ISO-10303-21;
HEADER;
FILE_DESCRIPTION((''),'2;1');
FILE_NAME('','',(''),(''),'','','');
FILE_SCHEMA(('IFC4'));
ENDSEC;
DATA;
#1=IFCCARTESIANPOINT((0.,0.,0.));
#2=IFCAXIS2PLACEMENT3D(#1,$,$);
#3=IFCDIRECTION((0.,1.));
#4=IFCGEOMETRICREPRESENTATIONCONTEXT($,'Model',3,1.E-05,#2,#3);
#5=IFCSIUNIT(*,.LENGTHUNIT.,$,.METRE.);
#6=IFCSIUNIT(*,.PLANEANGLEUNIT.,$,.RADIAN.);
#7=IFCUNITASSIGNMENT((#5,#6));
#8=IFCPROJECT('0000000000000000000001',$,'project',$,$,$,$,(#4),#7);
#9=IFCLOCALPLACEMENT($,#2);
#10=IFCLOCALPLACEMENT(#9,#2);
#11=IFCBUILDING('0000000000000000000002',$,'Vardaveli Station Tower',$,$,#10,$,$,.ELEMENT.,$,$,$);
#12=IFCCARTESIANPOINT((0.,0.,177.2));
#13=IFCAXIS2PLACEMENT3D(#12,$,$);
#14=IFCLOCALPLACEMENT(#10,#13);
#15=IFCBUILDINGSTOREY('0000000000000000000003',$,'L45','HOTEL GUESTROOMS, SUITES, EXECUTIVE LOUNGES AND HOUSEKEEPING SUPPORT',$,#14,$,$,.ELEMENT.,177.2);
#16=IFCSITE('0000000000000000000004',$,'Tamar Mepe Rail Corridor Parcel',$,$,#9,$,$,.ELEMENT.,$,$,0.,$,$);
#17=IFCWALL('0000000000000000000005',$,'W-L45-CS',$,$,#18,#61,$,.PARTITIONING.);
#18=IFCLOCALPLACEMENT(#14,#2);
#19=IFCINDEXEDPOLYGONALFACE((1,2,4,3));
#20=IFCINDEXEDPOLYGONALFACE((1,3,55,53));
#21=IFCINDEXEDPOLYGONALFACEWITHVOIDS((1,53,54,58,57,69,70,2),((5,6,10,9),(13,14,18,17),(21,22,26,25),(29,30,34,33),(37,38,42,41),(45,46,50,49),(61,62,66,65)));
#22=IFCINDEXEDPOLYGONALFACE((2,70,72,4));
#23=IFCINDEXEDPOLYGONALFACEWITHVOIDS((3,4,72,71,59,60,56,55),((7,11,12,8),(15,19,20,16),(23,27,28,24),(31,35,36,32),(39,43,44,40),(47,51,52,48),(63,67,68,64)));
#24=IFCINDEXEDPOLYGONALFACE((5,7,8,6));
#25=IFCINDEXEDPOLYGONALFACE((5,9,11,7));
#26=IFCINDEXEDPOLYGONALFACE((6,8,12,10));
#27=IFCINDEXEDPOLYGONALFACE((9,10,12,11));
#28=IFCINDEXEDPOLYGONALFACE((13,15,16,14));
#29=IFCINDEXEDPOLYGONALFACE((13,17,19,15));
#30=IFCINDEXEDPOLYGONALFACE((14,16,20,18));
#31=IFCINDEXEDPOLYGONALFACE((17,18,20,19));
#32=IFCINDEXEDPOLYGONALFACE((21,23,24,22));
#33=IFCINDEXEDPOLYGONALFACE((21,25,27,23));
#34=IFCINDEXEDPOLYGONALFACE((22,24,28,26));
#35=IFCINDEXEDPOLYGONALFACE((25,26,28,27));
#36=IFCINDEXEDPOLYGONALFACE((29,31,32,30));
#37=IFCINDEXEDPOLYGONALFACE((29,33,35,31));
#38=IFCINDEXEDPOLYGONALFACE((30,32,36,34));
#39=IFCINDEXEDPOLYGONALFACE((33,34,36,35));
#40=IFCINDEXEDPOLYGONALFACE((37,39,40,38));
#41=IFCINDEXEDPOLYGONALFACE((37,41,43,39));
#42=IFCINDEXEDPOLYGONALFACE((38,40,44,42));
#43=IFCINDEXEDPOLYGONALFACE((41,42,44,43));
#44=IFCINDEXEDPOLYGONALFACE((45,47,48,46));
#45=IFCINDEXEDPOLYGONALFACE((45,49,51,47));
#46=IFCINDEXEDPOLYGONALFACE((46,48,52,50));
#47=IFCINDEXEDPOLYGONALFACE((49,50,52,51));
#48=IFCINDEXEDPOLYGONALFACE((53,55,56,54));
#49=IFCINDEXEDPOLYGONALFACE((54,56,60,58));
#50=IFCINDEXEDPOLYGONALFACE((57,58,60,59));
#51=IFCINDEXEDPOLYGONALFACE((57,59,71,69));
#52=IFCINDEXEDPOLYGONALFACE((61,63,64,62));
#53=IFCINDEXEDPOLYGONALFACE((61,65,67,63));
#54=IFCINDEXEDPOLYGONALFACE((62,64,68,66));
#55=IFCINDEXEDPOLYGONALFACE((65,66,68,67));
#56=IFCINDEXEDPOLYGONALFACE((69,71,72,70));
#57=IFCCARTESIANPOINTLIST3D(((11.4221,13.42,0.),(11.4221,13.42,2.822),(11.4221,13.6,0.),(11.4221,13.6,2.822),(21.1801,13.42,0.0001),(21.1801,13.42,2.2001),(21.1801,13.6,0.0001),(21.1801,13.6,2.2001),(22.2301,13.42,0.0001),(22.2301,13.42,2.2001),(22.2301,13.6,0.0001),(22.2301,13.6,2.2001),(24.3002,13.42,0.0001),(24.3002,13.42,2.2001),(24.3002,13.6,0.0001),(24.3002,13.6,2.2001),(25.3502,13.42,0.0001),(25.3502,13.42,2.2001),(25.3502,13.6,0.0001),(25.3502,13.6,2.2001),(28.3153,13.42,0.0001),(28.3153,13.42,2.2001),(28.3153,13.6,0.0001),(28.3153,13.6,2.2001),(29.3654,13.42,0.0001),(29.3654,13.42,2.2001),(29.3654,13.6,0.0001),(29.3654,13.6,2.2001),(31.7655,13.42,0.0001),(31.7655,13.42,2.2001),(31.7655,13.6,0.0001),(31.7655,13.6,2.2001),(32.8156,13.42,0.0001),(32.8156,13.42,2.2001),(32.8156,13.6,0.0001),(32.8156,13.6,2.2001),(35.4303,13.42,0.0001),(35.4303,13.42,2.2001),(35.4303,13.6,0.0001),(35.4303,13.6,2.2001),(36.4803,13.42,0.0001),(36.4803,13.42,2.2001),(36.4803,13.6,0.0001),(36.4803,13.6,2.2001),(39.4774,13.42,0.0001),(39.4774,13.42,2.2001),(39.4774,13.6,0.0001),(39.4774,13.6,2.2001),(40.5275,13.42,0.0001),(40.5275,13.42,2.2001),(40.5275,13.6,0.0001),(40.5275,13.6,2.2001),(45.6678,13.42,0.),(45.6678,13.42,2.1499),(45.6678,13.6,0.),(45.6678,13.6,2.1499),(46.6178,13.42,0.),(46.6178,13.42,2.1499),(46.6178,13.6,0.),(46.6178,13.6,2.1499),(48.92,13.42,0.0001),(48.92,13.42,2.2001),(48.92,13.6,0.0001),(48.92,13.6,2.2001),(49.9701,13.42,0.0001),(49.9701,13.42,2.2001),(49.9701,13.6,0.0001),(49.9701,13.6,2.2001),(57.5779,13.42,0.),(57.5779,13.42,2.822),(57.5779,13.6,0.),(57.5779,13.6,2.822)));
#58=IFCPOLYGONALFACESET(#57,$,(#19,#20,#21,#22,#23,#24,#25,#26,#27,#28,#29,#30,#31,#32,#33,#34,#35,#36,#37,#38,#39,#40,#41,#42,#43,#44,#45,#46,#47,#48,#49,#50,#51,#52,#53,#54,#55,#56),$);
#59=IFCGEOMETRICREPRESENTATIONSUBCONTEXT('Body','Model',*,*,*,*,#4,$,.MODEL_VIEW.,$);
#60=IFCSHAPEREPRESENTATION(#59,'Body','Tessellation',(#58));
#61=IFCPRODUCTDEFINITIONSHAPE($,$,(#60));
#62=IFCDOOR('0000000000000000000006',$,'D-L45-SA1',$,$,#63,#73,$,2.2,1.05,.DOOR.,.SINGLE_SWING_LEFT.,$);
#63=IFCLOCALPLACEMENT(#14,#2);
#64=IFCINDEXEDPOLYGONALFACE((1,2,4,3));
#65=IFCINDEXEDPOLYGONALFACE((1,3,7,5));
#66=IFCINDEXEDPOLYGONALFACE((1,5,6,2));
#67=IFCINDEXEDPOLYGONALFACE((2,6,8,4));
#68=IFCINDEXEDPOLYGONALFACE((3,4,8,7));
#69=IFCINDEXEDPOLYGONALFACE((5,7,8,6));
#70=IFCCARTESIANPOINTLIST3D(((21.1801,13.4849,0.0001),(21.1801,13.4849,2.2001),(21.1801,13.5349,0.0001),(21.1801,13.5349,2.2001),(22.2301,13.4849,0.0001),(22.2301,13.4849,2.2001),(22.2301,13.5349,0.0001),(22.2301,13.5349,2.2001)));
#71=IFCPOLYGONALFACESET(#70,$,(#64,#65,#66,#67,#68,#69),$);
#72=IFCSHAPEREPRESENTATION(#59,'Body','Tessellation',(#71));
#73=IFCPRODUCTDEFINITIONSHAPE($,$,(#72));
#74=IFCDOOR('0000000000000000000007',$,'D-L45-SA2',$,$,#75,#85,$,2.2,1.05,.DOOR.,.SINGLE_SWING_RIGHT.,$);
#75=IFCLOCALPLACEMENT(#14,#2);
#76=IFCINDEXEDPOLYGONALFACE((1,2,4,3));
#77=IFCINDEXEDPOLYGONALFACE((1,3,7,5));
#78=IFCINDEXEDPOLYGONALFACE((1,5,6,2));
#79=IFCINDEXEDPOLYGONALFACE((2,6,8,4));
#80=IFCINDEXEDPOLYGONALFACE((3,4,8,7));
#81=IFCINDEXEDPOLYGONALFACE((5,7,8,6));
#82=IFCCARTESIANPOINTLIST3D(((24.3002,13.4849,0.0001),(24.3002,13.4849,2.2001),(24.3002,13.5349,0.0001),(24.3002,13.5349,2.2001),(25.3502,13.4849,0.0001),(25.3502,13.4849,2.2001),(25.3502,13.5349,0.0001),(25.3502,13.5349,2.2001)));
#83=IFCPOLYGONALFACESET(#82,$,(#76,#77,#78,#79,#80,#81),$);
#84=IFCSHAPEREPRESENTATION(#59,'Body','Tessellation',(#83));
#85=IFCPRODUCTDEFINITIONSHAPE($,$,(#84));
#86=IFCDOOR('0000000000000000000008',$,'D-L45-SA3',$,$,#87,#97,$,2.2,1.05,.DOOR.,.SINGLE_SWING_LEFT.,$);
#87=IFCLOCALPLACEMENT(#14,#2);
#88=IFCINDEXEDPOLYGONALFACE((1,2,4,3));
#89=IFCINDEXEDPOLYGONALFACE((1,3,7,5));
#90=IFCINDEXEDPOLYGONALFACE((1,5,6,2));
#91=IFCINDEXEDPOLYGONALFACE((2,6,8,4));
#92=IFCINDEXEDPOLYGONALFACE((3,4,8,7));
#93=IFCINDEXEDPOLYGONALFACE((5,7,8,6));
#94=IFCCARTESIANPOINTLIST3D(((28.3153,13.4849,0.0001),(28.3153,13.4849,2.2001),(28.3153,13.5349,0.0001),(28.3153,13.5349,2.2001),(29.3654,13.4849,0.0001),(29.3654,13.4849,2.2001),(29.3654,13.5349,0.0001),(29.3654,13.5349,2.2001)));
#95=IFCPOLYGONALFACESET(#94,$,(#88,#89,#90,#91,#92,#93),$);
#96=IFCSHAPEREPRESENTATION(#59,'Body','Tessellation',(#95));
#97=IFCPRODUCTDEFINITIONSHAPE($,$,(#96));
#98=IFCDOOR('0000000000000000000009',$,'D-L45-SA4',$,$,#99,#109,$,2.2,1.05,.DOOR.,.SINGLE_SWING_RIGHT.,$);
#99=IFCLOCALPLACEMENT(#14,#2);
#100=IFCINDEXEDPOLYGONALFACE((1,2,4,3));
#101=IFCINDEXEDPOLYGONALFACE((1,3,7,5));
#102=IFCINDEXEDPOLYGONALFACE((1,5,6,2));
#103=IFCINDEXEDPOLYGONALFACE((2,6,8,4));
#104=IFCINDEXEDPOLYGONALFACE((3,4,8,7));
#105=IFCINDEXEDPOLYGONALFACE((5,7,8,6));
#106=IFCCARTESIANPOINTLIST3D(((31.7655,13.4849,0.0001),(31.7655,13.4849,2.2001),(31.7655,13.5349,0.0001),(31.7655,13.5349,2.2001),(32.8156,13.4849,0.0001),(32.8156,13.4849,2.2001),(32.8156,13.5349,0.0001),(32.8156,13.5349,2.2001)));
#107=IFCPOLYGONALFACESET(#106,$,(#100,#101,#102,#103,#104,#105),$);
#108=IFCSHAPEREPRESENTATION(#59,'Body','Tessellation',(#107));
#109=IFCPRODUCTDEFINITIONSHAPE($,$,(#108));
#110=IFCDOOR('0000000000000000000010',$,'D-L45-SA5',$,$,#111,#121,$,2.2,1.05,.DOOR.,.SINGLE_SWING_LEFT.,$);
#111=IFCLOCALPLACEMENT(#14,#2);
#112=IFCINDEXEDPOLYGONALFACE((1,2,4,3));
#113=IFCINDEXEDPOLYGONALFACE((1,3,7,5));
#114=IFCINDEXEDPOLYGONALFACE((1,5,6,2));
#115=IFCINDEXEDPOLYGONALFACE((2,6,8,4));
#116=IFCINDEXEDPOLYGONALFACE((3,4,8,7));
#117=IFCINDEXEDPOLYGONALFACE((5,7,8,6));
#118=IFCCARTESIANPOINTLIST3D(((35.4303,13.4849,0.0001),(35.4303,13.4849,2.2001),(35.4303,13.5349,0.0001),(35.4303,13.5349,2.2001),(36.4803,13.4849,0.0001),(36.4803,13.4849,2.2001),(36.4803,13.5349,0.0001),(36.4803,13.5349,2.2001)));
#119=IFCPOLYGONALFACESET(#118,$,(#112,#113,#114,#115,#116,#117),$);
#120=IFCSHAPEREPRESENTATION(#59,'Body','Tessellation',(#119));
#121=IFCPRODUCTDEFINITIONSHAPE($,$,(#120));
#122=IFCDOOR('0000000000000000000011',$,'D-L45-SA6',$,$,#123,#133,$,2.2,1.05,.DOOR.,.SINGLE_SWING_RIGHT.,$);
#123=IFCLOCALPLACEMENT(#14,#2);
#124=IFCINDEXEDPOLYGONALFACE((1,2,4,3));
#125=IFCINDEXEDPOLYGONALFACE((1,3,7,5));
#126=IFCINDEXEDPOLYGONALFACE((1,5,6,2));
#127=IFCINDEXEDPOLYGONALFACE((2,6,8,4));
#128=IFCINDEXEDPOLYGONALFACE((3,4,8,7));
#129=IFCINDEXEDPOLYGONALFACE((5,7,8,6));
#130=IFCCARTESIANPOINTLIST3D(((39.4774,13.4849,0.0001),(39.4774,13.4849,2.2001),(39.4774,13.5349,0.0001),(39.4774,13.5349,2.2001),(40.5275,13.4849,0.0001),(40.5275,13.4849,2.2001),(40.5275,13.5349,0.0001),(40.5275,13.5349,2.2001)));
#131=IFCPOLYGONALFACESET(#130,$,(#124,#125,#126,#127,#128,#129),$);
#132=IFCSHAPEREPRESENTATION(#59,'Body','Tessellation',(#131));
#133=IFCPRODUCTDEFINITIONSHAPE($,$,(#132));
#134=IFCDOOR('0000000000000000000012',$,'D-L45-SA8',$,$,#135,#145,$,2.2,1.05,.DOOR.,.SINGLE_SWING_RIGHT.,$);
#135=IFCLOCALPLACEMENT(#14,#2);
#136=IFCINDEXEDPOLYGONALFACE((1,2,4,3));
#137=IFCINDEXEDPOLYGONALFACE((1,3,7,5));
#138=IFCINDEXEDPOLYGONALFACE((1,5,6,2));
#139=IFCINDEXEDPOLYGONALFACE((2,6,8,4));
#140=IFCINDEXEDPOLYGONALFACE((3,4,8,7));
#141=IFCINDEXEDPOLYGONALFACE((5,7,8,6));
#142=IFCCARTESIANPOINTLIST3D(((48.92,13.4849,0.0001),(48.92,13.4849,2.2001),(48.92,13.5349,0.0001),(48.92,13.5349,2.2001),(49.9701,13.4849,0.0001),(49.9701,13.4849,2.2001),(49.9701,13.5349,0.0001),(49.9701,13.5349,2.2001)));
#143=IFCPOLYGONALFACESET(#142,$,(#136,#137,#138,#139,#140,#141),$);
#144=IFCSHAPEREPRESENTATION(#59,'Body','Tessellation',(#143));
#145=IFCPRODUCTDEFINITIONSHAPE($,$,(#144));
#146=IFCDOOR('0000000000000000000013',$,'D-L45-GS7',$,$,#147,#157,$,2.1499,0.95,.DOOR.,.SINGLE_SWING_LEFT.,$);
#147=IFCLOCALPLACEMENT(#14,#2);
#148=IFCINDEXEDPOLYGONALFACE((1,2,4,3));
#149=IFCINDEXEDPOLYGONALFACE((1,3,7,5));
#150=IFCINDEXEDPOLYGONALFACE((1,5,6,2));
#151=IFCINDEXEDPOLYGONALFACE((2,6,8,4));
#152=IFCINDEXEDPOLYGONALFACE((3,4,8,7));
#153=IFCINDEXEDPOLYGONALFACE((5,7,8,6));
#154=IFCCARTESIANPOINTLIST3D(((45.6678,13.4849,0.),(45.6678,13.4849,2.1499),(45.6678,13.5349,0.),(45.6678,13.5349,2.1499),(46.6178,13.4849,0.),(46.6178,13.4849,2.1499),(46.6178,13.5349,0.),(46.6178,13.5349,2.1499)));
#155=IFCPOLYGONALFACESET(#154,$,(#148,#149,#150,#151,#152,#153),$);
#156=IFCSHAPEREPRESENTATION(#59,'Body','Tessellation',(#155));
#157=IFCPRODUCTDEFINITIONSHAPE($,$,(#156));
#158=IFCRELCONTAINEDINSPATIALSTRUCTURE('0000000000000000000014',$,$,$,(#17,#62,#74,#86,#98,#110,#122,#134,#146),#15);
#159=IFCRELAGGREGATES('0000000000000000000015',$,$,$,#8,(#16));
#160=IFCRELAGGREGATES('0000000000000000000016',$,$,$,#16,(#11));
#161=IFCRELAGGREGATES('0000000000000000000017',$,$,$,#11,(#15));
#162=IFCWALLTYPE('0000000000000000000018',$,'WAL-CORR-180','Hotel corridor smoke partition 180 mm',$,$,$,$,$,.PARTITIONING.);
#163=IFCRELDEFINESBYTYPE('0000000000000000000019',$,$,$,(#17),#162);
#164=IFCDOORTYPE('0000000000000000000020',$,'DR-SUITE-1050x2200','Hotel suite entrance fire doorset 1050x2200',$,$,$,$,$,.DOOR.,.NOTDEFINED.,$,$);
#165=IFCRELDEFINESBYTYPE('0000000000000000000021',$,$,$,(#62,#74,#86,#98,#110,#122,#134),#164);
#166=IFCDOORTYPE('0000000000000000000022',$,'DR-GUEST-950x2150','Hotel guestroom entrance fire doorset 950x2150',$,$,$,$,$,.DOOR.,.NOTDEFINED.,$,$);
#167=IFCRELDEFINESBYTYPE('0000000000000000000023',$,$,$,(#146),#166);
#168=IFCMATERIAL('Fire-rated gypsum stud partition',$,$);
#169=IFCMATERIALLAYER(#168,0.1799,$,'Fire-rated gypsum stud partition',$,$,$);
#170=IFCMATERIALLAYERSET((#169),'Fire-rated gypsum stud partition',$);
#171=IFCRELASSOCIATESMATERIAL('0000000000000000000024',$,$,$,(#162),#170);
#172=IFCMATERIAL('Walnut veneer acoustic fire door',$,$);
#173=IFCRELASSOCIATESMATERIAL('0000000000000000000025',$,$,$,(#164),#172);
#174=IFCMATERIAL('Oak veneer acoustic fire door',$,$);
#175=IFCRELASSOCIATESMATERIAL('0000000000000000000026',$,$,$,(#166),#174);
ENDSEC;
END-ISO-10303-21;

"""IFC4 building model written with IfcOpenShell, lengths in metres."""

from ifc_helpers import new_model, si_unit, direction, frame, frame_2d, origin, place, context, subcontext, project, spatial, rectangle, extrude, source, transform, mapped, material, layer, layer_set, type_object, element, fill, save


model = new_model("IFC4")

# Units and contexts
model_context = context("Model", 3, precision=1e-05, world=origin(), true_north=direction((0.0, 1.0)))
body_context = subcontext(model_context, "Body", "Model", "MODEL_VIEW")
ifc_project = project(units=[si_unit("LENGTHUNIT", "METRE"), si_unit("PLANEANGLEUNIT", "RADIAN")], contexts=[model_context])

# Site, building, storey
site_placement = place(None, origin())
site = spatial("IfcSite", under=ifc_project, at=site_placement, Name="Tamar Mepe Rail Corridor Parcel", CompositionType="ELEMENT", RefElevation=0.0)
building_placement = place(site_placement, origin())
building = spatial("IfcBuilding", under=site, at=building_placement, Name="Vardaveli Station Tower", CompositionType="ELEMENT")
storey_placement = place(building_placement, frame((0.0, 0.0, 177.2)))
storey = spatial("IfcBuildingStorey", under=building, at=storey_placement, Name="L45", Description="HOTEL GUESTROOMS, SUITES, EXECUTIVE LOUNGES AND HOUSEKEEPING SUPPORT", CompositionType="ELEMENT", Elevation=177.2)

# Wall, openings, doors
ifc_material_1 = material(Name="Fire-rated gypsum stud partition")
ifc_layer_1 = layer(ifc_material_1, 0.1799, Name="Fire-rated gypsum stud partition")
ifc_layer_set_1 = layer_set([ifc_layer_1], Name="Fire-rated gypsum stud partition")
wall_type_1 = type_object("IfcWallType", Name="WAL-CORR-180", Description="Hotel corridor smoke partition 180 mm", PredefinedType="PARTITIONING", material=ifc_layer_set_1)
shared_shape_1 = source(origin(), body_context, "Body", "SweptSolid", [
    extrude(rectangle(XDim=46.1558, YDim=0.1799, at=frame_2d((23.0779, 0.0))), origin(), (0.0, 0.0, 1.0), 2.822),
])
wall_1_placement = place(storey_placement, frame((11.4221, 13.51, 0.0), z_axis=(0.0, 0.0, 1.0), x_axis=(1.0, 0.0, 0.0)))
wall_1 = element("IfcWall", 1, at=wall_1_placement, inside=storey, type_object=wall_type_1, Name="W-L45-CS", PredefinedType="PARTITIONING", context=body_context, shape_type="MappedRepresentation", body=[
    mapped(shared_shape_1, transform((0.0, 0.0, 0.0), scale=1.0)),
])
shared_shape_2 = source(origin(), body_context, "Body", "SweptSolid", [
    extrude(rectangle(XDim=1.05, YDim=2.2, at=frame_2d((0.5249, 1.1001))), frame((0.0, 0.1001, 0.0), z_axis=(0.0, -1.0, 0.0), x_axis=(1.0, 0.0, 0.0)), (0.0, 0.0, 1.0), 0.2),
])
opening_1_placement = place(wall_1_placement, frame((9.7581, 0.0, 0.0)))
opening_1 = element("IfcOpeningElement", 2, at=opening_1_placement, cuts=wall_1, PredefinedType="OPENING", context=body_context, shape_type="MappedRepresentation", body=[
    mapped(shared_shape_2, transform((0.0, 0.0, 0.0), scale=1.0)),
])
opening_2_placement = place(wall_1_placement, frame((12.8782, 0.0, 0.0)))
opening_2 = element("IfcOpeningElement", 3, at=opening_2_placement, cuts=wall_1, PredefinedType="OPENING", context=body_context, shape_type="MappedRepresentation", body=[
    mapped(shared_shape_2, transform((0.0, 0.0, 0.0), scale=1.0)),
])
opening_3_placement = place(wall_1_placement, frame((16.8933, 0.0, 0.0)))
opening_3 = element("IfcOpeningElement", 4, at=opening_3_placement, cuts=wall_1, PredefinedType="OPENING", context=body_context, shape_type="MappedRepresentation", body=[
    mapped(shared_shape_2, transform((0.0, 0.0, 0.0), scale=1.0)),
])
opening_4_placement = place(wall_1_placement, frame((20.3435, 0.0, 0.0)))
opening_4 = element("IfcOpeningElement", 5, at=opening_4_placement, cuts=wall_1, PredefinedType="OPENING", context=body_context, shape_type="MappedRepresentation", body=[
    mapped(shared_shape_2, transform((0.0, 0.0, 0.0), scale=1.0)),
])
opening_5_placement = place(wall_1_placement, frame((24.0083, 0.0, 0.0)))
opening_5 = element("IfcOpeningElement", 6, at=opening_5_placement, cuts=wall_1, PredefinedType="OPENING", context=body_context, shape_type="MappedRepresentation", body=[
    mapped(shared_shape_2, transform((0.0, 0.0, 0.0), scale=1.0)),
])
opening_6_placement = place(wall_1_placement, frame((28.0554, 0.0, 0.0)))
opening_6 = element("IfcOpeningElement", 7, at=opening_6_placement, cuts=wall_1, PredefinedType="OPENING", context=body_context, shape_type="MappedRepresentation", body=[
    mapped(shared_shape_2, transform((0.0, 0.0, 0.0), scale=1.0)),
])
shared_shape_3 = source(origin(), body_context, "Body", "SweptSolid", [
    extrude(rectangle(XDim=0.95, YDim=2.1499, at=frame_2d((0.4751, 1.075))), frame((0.0, 0.1001, 0.0), z_axis=(0.0, -1.0, 0.0), x_axis=(1.0, 0.0, 0.0)), (0.0, 0.0, 1.0), 0.2),
])
opening_7_placement = place(wall_1_placement, frame((34.2456, 0.0, 0.0)))
opening_7 = element("IfcOpeningElement", 8, at=opening_7_placement, cuts=wall_1, PredefinedType="OPENING", context=body_context, shape_type="MappedRepresentation", body=[
    mapped(shared_shape_3, transform((0.0, 0.0, 0.0), scale=1.0)),
])
opening_8_placement = place(wall_1_placement, frame((37.498, 0.0, 0.0)))
opening_8 = element("IfcOpeningElement", 9, at=opening_8_placement, cuts=wall_1, PredefinedType="OPENING", context=body_context, shape_type="MappedRepresentation", body=[
    mapped(shared_shape_2, transform((0.0, 0.0, 0.0), scale=1.0)),
])
ifc_material_2 = material(Name="Walnut veneer acoustic fire door")
door_type_1 = type_object("IfcDoorType", Name="DR-SUITE-1050x2200", Description="Hotel suite entrance fire doorset 1050x2200", OperationType="NOTDEFINED", PredefinedType="DOOR", material=ifc_material_2)
shared_shape_4 = source(origin(), body_context, "Body", "SweptSolid", [
    extrude(rectangle(XDim=1.05, YDim=2.2, at=frame_2d((0.5249, 1.1001))), frame((0.0, 0.0249, 0.0), z_axis=(0.0, -1.0, 0.0), x_axis=(1.0, 0.0, 0.0)), (0.0, 0.0, 1.0), 0.05),
])
door_1_placement = place(opening_1_placement, origin())
door_1 = element("IfcDoor", 10, at=door_1_placement, inside=storey, type_object=door_type_1, Name="D-L45-SA1", OperationType="SINGLE_SWING_LEFT", OverallHeight=2.2, OverallWidth=1.05, PredefinedType="DOOR", context=body_context, shape_type="MappedRepresentation", body=[
    mapped(shared_shape_4, transform((0.0, 0.0, 0.0), scale=1.0)),
])
fill(opening_1, door_1)
door_2_placement = place(opening_2_placement, origin())
door_2 = element("IfcDoor", 11, at=door_2_placement, inside=storey, type_object=door_type_1, Name="D-L45-SA2", OperationType="SINGLE_SWING_RIGHT", OverallHeight=2.2, OverallWidth=1.05, PredefinedType="DOOR", context=body_context, shape_type="MappedRepresentation", body=[
    mapped(shared_shape_4, transform((0.0, 0.0, 0.0), scale=1.0)),
])
fill(opening_2, door_2)
door_3_placement = place(opening_3_placement, origin())
door_3 = element("IfcDoor", 12, at=door_3_placement, inside=storey, type_object=door_type_1, Name="D-L45-SA3", OperationType="SINGLE_SWING_LEFT", OverallHeight=2.2, OverallWidth=1.05, PredefinedType="DOOR", context=body_context, shape_type="MappedRepresentation", body=[
    mapped(shared_shape_4, transform((0.0, 0.0, 0.0), scale=1.0)),
])
fill(opening_3, door_3)
door_4_placement = place(opening_4_placement, origin())
door_4 = element("IfcDoor", 13, at=door_4_placement, inside=storey, type_object=door_type_1, Name="D-L45-SA4", OperationType="SINGLE_SWING_RIGHT", OverallHeight=2.2, OverallWidth=1.05, PredefinedType="DOOR", context=body_context, shape_type="MappedRepresentation", body=[
    mapped(shared_shape_4, transform((0.0, 0.0, 0.0), scale=1.0)),
])
fill(opening_4, door_4)
door_5_placement = place(opening_5_placement, origin())
door_5 = element("IfcDoor", 14, at=door_5_placement, inside=storey, type_object=door_type_1, Name="D-L45-SA5", OperationType="SINGLE_SWING_LEFT", OverallHeight=2.2, OverallWidth=1.05, PredefinedType="DOOR", context=body_context, shape_type="MappedRepresentation", body=[
    mapped(shared_shape_4, transform((0.0, 0.0, 0.0), scale=1.0)),
])
fill(opening_5, door_5)
door_6_placement = place(opening_6_placement, origin())
door_6 = element("IfcDoor", 15, at=door_6_placement, inside=storey, type_object=door_type_1, Name="D-L45-SA6", OperationType="SINGLE_SWING_RIGHT", OverallHeight=2.2, OverallWidth=1.05, PredefinedType="DOOR", context=body_context, shape_type="MappedRepresentation", body=[
    mapped(shared_shape_4, transform((0.0, 0.0, 0.0), scale=1.0)),
])
fill(opening_6, door_6)
door_7_placement = place(opening_8_placement, origin())
door_7 = element("IfcDoor", 16, at=door_7_placement, inside=storey, type_object=door_type_1, Name="D-L45-SA8", OperationType="SINGLE_SWING_RIGHT", OverallHeight=2.2, OverallWidth=1.05, PredefinedType="DOOR", context=body_context, shape_type="MappedRepresentation", body=[
    mapped(shared_shape_4, transform((0.0, 0.0, 0.0), scale=1.0)),
])
fill(opening_8, door_7)
ifc_material_3 = material(Name="Oak veneer acoustic fire door")
door_type_2 = type_object("IfcDoorType", Name="DR-GUEST-950x2150", Description="Hotel guestroom entrance fire doorset 950x2150", OperationType="NOTDEFINED", PredefinedType="DOOR", material=ifc_material_3)
shared_shape_5 = source(origin(), body_context, "Body", "SweptSolid", [
    extrude(rectangle(XDim=0.95, YDim=2.1499, at=frame_2d((0.4751, 1.075))), frame((0.0, 0.0249, 0.0), z_axis=(0.0, -1.0, 0.0), x_axis=(1.0, 0.0, 0.0)), (0.0, 0.0, 1.0), 0.05),
])
door_8_placement = place(opening_7_placement, origin())
door_8 = element("IfcDoor", 17, at=door_8_placement, inside=storey, type_object=door_type_2, Name="D-L45-GS7", OperationType="SINGLE_SWING_LEFT", OverallHeight=2.1499, OverallWidth=0.95, PredefinedType="DOOR", context=body_context, shape_type="MappedRepresentation", body=[
    mapped(shared_shape_5, transform((0.0, 0.0, 0.0), scale=1.0)),
])
fill(opening_7, door_8)

save(model, "model.ifc")
